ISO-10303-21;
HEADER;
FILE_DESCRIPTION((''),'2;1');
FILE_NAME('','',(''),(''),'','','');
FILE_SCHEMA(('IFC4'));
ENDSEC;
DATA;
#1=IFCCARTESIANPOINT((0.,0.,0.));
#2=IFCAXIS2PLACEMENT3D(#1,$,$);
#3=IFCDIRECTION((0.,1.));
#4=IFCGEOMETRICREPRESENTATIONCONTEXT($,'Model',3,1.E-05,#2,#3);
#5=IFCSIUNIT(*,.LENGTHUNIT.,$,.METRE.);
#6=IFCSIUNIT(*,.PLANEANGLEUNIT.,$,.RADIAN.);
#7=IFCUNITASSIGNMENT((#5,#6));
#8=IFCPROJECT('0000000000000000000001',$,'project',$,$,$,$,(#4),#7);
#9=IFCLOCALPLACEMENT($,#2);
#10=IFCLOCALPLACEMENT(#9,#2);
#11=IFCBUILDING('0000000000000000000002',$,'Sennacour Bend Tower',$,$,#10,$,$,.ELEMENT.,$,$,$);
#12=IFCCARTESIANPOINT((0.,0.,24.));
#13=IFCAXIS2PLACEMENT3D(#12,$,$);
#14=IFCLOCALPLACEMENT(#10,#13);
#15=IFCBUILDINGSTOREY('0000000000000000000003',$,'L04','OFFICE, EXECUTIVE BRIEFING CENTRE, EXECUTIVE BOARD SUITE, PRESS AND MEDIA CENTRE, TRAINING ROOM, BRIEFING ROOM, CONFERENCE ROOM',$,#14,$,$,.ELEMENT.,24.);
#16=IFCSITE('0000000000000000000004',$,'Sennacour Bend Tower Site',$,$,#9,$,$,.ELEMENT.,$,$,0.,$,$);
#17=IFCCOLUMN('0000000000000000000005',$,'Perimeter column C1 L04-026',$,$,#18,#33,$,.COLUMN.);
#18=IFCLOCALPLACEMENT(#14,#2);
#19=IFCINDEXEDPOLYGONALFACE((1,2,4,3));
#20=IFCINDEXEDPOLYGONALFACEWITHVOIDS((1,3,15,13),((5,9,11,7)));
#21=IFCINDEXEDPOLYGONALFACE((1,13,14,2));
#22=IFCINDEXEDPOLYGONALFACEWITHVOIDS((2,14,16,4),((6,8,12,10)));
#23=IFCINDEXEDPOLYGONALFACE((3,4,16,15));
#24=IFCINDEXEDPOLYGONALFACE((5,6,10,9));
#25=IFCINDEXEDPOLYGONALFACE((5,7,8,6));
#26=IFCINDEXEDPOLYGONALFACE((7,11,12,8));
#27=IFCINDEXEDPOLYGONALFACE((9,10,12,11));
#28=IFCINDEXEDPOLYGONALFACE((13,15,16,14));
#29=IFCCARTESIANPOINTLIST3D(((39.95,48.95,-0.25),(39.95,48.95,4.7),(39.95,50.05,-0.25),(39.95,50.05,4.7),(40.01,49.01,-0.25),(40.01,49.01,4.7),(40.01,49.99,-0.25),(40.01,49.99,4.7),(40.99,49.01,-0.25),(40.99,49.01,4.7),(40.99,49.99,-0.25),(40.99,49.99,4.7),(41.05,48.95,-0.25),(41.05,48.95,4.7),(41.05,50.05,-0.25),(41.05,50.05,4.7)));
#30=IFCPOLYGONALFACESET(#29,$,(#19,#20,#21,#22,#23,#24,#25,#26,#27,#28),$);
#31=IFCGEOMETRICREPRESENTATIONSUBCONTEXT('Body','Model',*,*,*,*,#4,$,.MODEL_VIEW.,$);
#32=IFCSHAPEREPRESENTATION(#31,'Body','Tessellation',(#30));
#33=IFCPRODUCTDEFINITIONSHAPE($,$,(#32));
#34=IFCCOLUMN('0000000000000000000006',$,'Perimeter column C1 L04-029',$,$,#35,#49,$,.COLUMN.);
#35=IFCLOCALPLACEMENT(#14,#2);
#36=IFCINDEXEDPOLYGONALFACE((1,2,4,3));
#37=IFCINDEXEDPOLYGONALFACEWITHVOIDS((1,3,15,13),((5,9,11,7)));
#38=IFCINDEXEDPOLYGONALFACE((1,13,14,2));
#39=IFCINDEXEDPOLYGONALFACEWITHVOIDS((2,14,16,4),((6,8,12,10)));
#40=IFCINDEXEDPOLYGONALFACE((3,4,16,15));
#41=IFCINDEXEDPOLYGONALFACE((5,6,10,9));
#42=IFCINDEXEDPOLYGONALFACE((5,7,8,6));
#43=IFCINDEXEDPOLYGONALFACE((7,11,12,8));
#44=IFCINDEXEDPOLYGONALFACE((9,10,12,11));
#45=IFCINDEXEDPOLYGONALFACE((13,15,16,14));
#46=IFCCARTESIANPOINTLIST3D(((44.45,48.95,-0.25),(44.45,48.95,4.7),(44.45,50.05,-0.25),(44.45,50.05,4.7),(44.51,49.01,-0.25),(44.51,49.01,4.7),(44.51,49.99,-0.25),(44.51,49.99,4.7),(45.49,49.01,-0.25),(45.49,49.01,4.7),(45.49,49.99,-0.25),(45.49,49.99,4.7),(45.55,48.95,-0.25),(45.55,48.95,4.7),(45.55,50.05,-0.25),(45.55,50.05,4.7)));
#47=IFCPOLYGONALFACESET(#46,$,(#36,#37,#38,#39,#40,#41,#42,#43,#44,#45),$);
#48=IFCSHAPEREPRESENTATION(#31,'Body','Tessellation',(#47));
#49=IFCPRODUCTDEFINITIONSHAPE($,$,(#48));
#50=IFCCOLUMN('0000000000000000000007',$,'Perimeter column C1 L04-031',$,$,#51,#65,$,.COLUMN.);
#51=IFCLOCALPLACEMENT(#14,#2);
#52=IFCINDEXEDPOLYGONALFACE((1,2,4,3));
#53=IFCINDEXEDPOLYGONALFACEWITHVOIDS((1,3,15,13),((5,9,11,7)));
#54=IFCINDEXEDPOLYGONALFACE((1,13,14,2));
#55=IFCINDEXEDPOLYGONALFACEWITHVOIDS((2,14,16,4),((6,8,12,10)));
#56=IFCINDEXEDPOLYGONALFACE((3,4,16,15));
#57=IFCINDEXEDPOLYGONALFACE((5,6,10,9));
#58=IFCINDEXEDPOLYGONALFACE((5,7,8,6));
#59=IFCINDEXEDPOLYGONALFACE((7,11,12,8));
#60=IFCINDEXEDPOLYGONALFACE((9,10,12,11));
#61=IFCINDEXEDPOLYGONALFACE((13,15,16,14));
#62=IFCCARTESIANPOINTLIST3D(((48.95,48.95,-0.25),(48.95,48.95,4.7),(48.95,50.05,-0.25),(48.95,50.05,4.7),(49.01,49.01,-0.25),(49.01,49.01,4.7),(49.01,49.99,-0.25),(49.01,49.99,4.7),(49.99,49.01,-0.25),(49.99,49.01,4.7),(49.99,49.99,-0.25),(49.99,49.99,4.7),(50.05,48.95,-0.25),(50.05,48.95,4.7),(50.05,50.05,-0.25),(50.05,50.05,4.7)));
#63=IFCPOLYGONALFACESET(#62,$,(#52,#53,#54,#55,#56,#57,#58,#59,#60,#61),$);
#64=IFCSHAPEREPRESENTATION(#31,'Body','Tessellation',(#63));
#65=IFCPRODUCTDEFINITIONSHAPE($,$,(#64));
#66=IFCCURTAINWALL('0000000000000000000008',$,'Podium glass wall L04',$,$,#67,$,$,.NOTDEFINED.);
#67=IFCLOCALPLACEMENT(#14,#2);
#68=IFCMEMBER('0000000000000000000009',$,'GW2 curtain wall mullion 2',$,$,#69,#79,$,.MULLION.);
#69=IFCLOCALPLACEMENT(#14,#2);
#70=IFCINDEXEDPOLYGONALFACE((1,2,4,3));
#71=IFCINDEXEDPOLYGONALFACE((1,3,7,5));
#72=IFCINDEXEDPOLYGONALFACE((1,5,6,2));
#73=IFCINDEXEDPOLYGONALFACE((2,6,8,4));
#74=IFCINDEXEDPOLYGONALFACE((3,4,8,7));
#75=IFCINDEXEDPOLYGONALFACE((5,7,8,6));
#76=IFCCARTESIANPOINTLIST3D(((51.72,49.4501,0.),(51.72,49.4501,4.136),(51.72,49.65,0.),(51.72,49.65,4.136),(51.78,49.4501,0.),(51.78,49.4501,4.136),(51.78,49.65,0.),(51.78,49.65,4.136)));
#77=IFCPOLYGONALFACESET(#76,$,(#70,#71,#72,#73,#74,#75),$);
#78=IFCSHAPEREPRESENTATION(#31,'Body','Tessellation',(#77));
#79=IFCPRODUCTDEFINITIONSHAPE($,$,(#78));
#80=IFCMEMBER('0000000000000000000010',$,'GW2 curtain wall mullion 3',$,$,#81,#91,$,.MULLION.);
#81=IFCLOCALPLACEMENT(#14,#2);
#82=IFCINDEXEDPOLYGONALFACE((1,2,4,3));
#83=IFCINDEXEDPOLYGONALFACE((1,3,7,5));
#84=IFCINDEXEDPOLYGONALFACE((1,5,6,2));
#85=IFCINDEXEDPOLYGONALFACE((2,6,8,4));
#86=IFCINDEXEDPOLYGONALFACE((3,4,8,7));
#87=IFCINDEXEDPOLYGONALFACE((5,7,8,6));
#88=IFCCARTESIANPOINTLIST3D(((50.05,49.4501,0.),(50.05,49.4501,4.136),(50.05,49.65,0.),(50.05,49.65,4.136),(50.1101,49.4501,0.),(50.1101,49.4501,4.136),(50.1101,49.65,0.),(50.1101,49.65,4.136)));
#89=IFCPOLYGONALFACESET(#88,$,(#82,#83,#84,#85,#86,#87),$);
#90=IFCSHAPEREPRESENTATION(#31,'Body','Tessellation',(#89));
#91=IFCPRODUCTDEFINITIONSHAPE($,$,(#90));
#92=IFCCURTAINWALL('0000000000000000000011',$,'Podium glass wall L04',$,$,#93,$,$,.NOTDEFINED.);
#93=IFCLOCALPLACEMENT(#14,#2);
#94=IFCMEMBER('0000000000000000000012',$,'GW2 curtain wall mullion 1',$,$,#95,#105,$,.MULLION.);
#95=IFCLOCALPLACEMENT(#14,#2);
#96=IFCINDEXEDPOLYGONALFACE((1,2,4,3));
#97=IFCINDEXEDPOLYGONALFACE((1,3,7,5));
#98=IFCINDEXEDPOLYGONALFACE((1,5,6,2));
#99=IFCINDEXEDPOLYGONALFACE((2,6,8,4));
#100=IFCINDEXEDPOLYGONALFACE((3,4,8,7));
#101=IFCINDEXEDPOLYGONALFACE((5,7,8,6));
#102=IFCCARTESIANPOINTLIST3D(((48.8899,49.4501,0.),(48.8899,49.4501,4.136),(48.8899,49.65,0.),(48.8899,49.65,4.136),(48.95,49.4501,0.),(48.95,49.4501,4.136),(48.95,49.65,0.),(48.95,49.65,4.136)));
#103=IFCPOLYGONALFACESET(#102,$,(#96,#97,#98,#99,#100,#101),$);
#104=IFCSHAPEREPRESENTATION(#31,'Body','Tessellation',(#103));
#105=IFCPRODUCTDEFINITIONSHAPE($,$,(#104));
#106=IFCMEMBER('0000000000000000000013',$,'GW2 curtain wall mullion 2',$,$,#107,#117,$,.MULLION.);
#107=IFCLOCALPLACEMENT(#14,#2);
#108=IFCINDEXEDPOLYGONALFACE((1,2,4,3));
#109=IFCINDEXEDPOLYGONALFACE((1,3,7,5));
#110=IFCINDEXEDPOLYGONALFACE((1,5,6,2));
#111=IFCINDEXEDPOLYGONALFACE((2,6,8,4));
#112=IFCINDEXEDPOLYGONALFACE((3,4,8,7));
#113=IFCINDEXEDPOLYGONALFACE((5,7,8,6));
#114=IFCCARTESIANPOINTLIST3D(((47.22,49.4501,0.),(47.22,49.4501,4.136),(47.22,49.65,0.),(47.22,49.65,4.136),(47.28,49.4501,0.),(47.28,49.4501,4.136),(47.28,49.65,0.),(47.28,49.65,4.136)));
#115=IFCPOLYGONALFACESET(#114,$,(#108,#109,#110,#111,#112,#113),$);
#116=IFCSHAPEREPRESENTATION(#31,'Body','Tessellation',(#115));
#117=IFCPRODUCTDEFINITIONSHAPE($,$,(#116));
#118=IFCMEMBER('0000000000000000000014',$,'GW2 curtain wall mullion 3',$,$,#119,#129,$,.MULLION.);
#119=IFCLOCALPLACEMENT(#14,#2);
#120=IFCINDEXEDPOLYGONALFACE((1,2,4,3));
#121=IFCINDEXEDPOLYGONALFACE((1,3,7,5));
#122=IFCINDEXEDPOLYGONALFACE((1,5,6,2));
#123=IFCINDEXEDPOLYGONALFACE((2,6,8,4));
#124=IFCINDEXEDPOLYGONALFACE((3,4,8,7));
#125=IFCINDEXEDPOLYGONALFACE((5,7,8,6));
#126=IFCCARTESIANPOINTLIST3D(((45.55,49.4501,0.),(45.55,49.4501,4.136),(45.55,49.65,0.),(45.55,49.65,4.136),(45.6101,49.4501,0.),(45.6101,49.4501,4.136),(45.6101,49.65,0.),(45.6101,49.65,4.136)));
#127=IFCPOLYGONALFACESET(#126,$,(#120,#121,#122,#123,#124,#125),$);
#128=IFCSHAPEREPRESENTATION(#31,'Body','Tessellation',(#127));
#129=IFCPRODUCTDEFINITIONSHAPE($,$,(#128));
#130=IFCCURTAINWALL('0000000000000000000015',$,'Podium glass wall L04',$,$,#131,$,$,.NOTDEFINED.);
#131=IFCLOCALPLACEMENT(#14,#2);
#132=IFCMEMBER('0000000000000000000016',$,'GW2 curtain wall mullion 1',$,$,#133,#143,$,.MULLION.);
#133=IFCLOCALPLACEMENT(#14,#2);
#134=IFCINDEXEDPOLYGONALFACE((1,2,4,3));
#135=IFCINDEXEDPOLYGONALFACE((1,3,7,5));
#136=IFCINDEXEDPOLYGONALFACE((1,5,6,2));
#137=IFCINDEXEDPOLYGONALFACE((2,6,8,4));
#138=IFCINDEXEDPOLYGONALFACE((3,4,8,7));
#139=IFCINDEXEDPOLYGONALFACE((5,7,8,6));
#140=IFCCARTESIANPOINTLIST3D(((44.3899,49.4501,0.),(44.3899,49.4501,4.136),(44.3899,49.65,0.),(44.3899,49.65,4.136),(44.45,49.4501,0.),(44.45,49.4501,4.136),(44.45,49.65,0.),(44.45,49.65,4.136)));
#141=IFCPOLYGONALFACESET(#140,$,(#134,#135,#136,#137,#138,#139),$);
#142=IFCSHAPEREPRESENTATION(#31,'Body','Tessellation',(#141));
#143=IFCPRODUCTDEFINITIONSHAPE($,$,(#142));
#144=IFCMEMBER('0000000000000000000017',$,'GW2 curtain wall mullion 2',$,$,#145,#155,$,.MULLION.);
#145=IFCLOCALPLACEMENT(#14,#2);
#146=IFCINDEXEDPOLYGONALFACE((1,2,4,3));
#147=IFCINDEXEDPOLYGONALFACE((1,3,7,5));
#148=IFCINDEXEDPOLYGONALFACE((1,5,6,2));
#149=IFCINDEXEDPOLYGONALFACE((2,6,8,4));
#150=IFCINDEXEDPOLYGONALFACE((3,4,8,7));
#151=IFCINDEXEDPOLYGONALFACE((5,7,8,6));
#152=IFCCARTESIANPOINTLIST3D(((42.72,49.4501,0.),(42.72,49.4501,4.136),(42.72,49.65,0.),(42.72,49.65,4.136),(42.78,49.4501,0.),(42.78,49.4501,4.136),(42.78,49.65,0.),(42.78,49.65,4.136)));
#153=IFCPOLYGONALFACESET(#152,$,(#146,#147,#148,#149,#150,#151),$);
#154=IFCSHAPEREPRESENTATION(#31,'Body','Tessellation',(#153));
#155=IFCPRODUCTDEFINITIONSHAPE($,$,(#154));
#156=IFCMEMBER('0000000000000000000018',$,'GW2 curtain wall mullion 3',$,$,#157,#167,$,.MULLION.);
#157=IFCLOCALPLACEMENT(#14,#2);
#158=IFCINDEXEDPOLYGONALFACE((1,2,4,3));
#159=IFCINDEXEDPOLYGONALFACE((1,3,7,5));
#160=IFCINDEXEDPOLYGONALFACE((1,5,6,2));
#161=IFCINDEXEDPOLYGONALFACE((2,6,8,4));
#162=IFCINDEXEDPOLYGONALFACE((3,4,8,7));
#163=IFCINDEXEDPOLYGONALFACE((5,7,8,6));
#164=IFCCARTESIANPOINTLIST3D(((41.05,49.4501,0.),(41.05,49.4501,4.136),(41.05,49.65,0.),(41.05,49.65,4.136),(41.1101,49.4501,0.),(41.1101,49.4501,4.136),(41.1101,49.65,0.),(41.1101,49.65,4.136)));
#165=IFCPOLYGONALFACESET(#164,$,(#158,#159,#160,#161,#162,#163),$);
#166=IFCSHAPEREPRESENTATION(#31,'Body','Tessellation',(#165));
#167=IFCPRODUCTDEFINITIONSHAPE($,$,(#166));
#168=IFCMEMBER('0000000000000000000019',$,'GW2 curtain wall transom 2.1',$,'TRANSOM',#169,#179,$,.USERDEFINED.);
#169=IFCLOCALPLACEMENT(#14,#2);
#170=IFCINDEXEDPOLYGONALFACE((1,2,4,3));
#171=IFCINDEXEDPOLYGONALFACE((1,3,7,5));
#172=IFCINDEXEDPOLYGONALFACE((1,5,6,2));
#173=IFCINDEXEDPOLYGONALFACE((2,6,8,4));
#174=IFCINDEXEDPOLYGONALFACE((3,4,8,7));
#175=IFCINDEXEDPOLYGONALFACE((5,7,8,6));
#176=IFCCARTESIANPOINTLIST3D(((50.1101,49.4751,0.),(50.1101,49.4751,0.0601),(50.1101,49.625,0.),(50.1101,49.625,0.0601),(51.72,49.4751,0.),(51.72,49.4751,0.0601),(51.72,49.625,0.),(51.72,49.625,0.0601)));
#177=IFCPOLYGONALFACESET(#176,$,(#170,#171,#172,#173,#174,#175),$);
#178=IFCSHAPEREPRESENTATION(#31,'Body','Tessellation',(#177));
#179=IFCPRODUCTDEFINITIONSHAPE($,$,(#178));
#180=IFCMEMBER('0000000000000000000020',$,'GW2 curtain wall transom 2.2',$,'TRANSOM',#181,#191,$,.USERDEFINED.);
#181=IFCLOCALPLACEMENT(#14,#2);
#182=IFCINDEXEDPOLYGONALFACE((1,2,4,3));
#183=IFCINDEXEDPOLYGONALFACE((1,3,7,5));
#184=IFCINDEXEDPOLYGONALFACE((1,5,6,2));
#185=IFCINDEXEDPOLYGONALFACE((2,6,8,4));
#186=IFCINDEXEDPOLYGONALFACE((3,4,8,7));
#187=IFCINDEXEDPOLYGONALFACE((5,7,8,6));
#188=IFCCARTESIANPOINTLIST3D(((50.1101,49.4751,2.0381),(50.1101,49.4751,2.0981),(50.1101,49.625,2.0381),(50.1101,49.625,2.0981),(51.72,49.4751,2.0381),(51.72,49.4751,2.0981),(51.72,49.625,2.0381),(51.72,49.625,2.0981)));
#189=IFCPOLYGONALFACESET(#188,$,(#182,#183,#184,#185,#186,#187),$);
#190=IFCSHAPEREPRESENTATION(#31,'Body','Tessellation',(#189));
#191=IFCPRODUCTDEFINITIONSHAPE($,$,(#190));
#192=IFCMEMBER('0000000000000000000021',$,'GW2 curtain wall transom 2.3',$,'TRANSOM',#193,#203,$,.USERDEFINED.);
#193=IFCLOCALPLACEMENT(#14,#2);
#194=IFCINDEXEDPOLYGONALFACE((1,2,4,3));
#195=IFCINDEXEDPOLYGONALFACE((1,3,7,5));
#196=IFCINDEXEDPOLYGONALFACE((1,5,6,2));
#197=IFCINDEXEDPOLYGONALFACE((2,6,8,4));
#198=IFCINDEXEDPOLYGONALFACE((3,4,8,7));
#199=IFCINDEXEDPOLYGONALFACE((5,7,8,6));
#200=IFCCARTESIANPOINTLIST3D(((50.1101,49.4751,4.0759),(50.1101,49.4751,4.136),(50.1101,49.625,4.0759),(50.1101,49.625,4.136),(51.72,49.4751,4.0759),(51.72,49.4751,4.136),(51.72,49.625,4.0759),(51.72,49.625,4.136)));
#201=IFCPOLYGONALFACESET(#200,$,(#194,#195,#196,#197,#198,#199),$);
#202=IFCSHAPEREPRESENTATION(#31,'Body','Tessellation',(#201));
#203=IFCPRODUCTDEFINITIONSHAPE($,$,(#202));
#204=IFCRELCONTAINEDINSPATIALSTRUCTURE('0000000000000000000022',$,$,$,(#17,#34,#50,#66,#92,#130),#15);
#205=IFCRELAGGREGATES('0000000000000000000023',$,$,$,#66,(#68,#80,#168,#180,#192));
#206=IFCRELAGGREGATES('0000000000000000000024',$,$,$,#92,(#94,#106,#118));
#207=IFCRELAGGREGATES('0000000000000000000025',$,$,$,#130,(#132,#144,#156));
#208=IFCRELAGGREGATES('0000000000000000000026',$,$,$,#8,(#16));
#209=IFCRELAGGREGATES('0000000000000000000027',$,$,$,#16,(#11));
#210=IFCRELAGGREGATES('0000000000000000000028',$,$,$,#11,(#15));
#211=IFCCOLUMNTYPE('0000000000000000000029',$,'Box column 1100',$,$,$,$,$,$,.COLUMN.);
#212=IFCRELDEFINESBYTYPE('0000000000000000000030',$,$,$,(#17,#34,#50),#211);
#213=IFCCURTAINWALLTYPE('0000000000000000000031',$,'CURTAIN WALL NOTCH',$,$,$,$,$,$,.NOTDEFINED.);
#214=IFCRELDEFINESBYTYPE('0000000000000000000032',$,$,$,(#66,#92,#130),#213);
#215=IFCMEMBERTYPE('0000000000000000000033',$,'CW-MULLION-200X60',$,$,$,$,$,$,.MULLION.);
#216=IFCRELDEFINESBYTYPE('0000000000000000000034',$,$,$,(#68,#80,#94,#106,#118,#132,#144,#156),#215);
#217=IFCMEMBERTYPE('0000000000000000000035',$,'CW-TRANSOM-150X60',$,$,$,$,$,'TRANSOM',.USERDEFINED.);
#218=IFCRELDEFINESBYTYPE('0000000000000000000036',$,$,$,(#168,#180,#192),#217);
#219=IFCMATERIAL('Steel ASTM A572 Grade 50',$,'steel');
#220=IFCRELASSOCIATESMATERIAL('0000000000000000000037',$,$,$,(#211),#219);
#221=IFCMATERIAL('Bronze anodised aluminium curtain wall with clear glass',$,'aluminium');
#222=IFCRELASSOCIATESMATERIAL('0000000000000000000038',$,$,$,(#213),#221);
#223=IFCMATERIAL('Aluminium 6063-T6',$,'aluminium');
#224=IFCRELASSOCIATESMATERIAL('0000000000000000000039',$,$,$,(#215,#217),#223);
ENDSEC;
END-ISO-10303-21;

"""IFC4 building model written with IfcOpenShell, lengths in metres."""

from ifc_helpers import new_model, si_unit, direction, frame, origin, origin_2d, place, context, subcontext, project, spatial, rectangle, hollow_rectangle, extrude, material, material_profile, profile_set, type_object, element, aggregate, save


model = new_model("IFC4")

# Units and contexts
model_context = context("Model", 3, precision=1e-05, world=origin(), true_north=direction((0.0, 1.0)))
body_context = subcontext(model_context, "Body", "Model", "MODEL_VIEW")
ifc_project = project(units=[si_unit("LENGTHUNIT", "METRE"), si_unit("PLANEANGLEUNIT", "RADIAN")], contexts=[model_context])

# Site, building, storey
site_placement = place(None, origin())
site = spatial("IfcSite", under=ifc_project, at=site_placement, Name="Sennacour Bend Tower Site", CompositionType="ELEMENT", RefElevation=0.0)
building_placement = place(site_placement, origin())
building = spatial("IfcBuilding", under=site, at=building_placement, Name="Sennacour Bend Tower", CompositionType="ELEMENT")
storey_placement = place(building_placement, frame((0.0, 0.0, 24.0)))
storey = spatial("IfcBuildingStorey", under=building, at=storey_placement, Name="L04", Description="OFFICE, EXECUTIVE BRIEFING CENTRE, EXECUTIVE BOARD SUITE, PRESS AND MEDIA CENTRE, TRAINING ROOM, BRIEFING ROOM, CONFERENCE ROOM", CompositionType="ELEMENT", Elevation=24.0)

# Columns
ifc_material_1 = material(Name="Steel ASTM A572 Grade 50", Category="steel")
ifc_material_profile_1 = material_profile(ifc_material_1, hollow_rectangle(XDim=1.1001, YDim=1.1001, WallThickness=0.0601, at=origin_2d()), Name="Steel ASTM A572 Grade 50", Category="steel")
ifc_profile_set_1 = profile_set([ifc_material_profile_1], Name="Steel ASTM A572 Grade 50")
column_type = type_object("IfcColumnType", Name="Box column 1100", PredefinedType="COLUMN", material=ifc_profile_set_1)
for number, where, z_axis, x_axis, name in (
    (1, (40.5, 49.5, -0.25), (0.0, 0.0, 1.0), (1.0, 0.0, 0.0), "Perimeter column C1 L04-026"),
    (2, (45.0, 49.5, -0.25), (0.0, 0.0, 1.0), (1.0, 0.0, 0.0), "Perimeter column C1 L04-029"),
    (3, (49.5, 49.5, -0.25), (0.0, 0.0, 1.0), (1.0, 0.0, 0.0), "Perimeter column C1 L04-031"),
):
    element("IfcColumn", number, at=place(storey_placement, frame(where, z_axis=z_axis, x_axis=x_axis)), inside=storey, type_object=column_type, Name=name, PredefinedType="COLUMN", context=body_context, shape_type="SweptSolid", body=[
        extrude(hollow_rectangle(XDim=1.1001, YDim=1.1001, WallThickness=0.0601, at=origin_2d()), origin(), (0.0, 0.0, 1.0), 4.95),
    ])

# Curtain walls, members
ifc_material_2 = material(Name="Bronze anodised aluminium curtain wall with clear glass", Category="aluminium")
curtain_wall_type = type_object("IfcCurtainWallType", Name="CURTAIN WALL NOTCH", PredefinedType="NOTDEFINED", material=ifc_material_2)
curtain_wall_1_placement = place(storey_placement, origin())
curtain_wall_1 = element("IfcCurtainWall", 4, at=curtain_wall_1_placement, inside=storey, type_object=curtain_wall_type, Name="Podium glass wall L04", PredefinedType="NOTDEFINED")
ifc_material_3 = material(Name="Aluminium 6063-T6", Category="aluminium")
ifc_material_profile_2 = material_profile(ifc_material_3, rectangle(XDim=0.2, YDim=0.0601, at=origin_2d()), Name="Aluminium 6063-T6", Category="aluminium")
ifc_profile_set_2 = profile_set([ifc_material_profile_2], Name="Aluminium 6063-T6")
member_type_1 = type_object("IfcMemberType", Name="CW-MULLION-200X60", PredefinedType="MULLION", material=ifc_profile_set_2)
member_1_placement = place(storey_placement, frame((51.75, 49.55, 0.0), z_axis=(0.0, 0.0, 1.0), x_axis=(0.0, -1.0, 0.0)))
member_1 = element("IfcMember", 5, at=member_1_placement, type_object=member_type_1, Name="GW2 curtain wall mullion 2", PredefinedType="MULLION", context=body_context, shape_type="SweptSolid", body=[
    extrude(rectangle(XDim=0.2, YDim=0.0601, at=origin_2d()), origin(), (0.0, 0.0, 1.0), 4.136),
])
member_2_placement = place(storey_placement, frame((50.0801, 49.55, 0.0), z_axis=(0.0, 0.0, 1.0), x_axis=(0.0, -1.0, 0.0)))
member_2 = element("IfcMember", 6, at=member_2_placement, type_object=member_type_1, Name="GW2 curtain wall mullion 3", PredefinedType="MULLION", context=body_context, shape_type="SweptSolid", body=[
    extrude(rectangle(XDim=0.2, YDim=0.0601, at=origin_2d()), origin(), (0.0, 0.0, 1.0), 4.136),
])
curtain_wall_2_placement = place(storey_placement, origin())
curtain_wall_2 = element("IfcCurtainWall", 7, at=curtain_wall_2_placement, inside=storey, type_object=curtain_wall_type, Name="Podium glass wall L04", PredefinedType="NOTDEFINED")
member_3_placement = place(storey_placement, frame((48.9199, 49.55, 0.0), z_axis=(0.0, 0.0, 1.0), x_axis=(0.0, -1.0, 0.0)))
member_3 = element("IfcMember", 8, at=member_3_placement, type_object=member_type_1, Name="GW2 curtain wall mullion 1", PredefinedType="MULLION", context=body_context, shape_type="SweptSolid", body=[
    extrude(rectangle(XDim=0.2, YDim=0.0601, at=origin_2d()), origin(), (0.0, 0.0, 1.0), 4.136),
])
member_4_placement = place(storey_placement, frame((47.25, 49.55, 0.0), z_axis=(0.0, 0.0, 1.0), x_axis=(0.0, -1.0, 0.0)))
member_4 = element("IfcMember", 9, at=member_4_placement, type_object=member_type_1, Name="GW2 curtain wall mullion 2", PredefinedType="MULLION", context=body_context, shape_type="SweptSolid", body=[
    extrude(rectangle(XDim=0.2, YDim=0.0601, at=origin_2d()), origin(), (0.0, 0.0, 1.0), 4.136),
])
member_5_placement = place(storey_placement, frame((45.5801, 49.55, 0.0), z_axis=(0.0, 0.0, 1.0), x_axis=(0.0, -1.0, 0.0)))
member_5 = element("IfcMember", 10, at=member_5_placement, type_object=member_type_1, Name="GW2 curtain wall mullion 3", PredefinedType="MULLION", context=body_context, shape_type="SweptSolid", body=[
    extrude(rectangle(XDim=0.2, YDim=0.0601, at=origin_2d()), origin(), (0.0, 0.0, 1.0), 4.136),
])
curtain_wall_3_placement = place(storey_placement, origin())
curtain_wall_3 = element("IfcCurtainWall", 11, at=curtain_wall_3_placement, inside=storey, type_object=curtain_wall_type, Name="Podium glass wall L04", PredefinedType="NOTDEFINED")
member_6_placement = place(storey_placement, frame((44.4199, 49.55, 0.0), z_axis=(0.0, 0.0, 1.0), x_axis=(0.0, -1.0, 0.0)))
member_6 = element("IfcMember", 12, at=member_6_placement, type_object=member_type_1, Name="GW2 curtain wall mullion 1", PredefinedType="MULLION", context=body_context, shape_type="SweptSolid", body=[
    extrude(rectangle(XDim=0.2, YDim=0.0601, at=origin_2d()), origin(), (0.0, 0.0, 1.0), 4.136),
])
member_7_placement = place(storey_placement, frame((42.75, 49.55, 0.0), z_axis=(0.0, 0.0, 1.0), x_axis=(0.0, -1.0, 0.0)))
member_7 = element("IfcMember", 13, at=member_7_placement, type_object=member_type_1, Name="GW2 curtain wall mullion 2", PredefinedType="MULLION", context=body_context, shape_type="SweptSolid", body=[
    extrude(rectangle(XDim=0.2, YDim=0.0601, at=origin_2d()), origin(), (0.0, 0.0, 1.0), 4.136),
])
member_8_placement = place(storey_placement, frame((41.0801, 49.55, 0.0), z_axis=(0.0, 0.0, 1.0), x_axis=(0.0, -1.0, 0.0)))
member_8 = element("IfcMember", 14, at=member_8_placement, type_object=member_type_1, Name="GW2 curtain wall mullion 3", PredefinedType="MULLION", context=body_context, shape_type="SweptSolid", body=[
    extrude(rectangle(XDim=0.2, YDim=0.0601, at=origin_2d()), origin(), (0.0, 0.0, 1.0), 4.136),
])

# Members
ifc_material_profile_3 = material_profile(ifc_material_3, rectangle(XDim=0.1499, YDim=0.0601, at=origin_2d()), Name="Aluminium 6063-T6", Category="aluminium")
ifc_profile_set_3 = profile_set([ifc_material_profile_3], Name="Aluminium 6063-T6")
member_type_2 = type_object("IfcMemberType", Name="CW-TRANSOM-150X60", ElementType="TRANSOM", PredefinedType="USERDEFINED", material=ifc_profile_set_3)
member_9_placement = place(storey_placement, frame((51.72, 49.55, 0.03), z_axis=(-1.0, 0.0, 0.0), x_axis=(0.0, -1.0, 0.0)))
member_9 = element("IfcMember", 15, at=member_9_placement, type_object=member_type_2, Name="GW2 curtain wall transom 2.1", ObjectType="TRANSOM", PredefinedType="USERDEFINED", context=body_context, shape_type="SweptSolid", body=[
    extrude(rectangle(XDim=0.1499, YDim=0.0601, at=origin_2d()), origin(), (0.0, 0.0, 1.0), 1.6099),
])
member_10_placement = place(storey_placement, frame((51.72, 49.55, 2.0681), z_axis=(-1.0, 0.0, 0.0), x_axis=(0.0, -1.0, 0.0)))
member_10 = element("IfcMember", 16, at=member_10_placement, type_object=member_type_2, Name="GW2 curtain wall transom 2.2", ObjectType="TRANSOM", PredefinedType="USERDEFINED", context=body_context, shape_type="SweptSolid", body=[
    extrude(rectangle(XDim=0.1499, YDim=0.0601, at=origin_2d()), origin(), (0.0, 0.0, 1.0), 1.6099),
])
member_11_placement = place(storey_placement, frame((51.72, 49.55, 4.106), z_axis=(-1.0, 0.0, 0.0), x_axis=(0.0, -1.0, 0.0)))
member_11 = element("IfcMember", 17, at=member_11_placement, type_object=member_type_2, Name="GW2 curtain wall transom 2.3", ObjectType="TRANSOM", PredefinedType="USERDEFINED", context=body_context, shape_type="SweptSolid", body=[
    extrude(rectangle(XDim=0.1499, YDim=0.0601, at=origin_2d()), origin(), (0.0, 0.0, 1.0), 1.6099),
])

aggregate(curtain_wall_1, [member_1, member_2, member_9, member_10, member_11])
aggregate(curtain_wall_2, [member_3, member_4, member_5])
aggregate(curtain_wall_3, [member_6, member_7, member_8])

save(model, "model.ifc")
